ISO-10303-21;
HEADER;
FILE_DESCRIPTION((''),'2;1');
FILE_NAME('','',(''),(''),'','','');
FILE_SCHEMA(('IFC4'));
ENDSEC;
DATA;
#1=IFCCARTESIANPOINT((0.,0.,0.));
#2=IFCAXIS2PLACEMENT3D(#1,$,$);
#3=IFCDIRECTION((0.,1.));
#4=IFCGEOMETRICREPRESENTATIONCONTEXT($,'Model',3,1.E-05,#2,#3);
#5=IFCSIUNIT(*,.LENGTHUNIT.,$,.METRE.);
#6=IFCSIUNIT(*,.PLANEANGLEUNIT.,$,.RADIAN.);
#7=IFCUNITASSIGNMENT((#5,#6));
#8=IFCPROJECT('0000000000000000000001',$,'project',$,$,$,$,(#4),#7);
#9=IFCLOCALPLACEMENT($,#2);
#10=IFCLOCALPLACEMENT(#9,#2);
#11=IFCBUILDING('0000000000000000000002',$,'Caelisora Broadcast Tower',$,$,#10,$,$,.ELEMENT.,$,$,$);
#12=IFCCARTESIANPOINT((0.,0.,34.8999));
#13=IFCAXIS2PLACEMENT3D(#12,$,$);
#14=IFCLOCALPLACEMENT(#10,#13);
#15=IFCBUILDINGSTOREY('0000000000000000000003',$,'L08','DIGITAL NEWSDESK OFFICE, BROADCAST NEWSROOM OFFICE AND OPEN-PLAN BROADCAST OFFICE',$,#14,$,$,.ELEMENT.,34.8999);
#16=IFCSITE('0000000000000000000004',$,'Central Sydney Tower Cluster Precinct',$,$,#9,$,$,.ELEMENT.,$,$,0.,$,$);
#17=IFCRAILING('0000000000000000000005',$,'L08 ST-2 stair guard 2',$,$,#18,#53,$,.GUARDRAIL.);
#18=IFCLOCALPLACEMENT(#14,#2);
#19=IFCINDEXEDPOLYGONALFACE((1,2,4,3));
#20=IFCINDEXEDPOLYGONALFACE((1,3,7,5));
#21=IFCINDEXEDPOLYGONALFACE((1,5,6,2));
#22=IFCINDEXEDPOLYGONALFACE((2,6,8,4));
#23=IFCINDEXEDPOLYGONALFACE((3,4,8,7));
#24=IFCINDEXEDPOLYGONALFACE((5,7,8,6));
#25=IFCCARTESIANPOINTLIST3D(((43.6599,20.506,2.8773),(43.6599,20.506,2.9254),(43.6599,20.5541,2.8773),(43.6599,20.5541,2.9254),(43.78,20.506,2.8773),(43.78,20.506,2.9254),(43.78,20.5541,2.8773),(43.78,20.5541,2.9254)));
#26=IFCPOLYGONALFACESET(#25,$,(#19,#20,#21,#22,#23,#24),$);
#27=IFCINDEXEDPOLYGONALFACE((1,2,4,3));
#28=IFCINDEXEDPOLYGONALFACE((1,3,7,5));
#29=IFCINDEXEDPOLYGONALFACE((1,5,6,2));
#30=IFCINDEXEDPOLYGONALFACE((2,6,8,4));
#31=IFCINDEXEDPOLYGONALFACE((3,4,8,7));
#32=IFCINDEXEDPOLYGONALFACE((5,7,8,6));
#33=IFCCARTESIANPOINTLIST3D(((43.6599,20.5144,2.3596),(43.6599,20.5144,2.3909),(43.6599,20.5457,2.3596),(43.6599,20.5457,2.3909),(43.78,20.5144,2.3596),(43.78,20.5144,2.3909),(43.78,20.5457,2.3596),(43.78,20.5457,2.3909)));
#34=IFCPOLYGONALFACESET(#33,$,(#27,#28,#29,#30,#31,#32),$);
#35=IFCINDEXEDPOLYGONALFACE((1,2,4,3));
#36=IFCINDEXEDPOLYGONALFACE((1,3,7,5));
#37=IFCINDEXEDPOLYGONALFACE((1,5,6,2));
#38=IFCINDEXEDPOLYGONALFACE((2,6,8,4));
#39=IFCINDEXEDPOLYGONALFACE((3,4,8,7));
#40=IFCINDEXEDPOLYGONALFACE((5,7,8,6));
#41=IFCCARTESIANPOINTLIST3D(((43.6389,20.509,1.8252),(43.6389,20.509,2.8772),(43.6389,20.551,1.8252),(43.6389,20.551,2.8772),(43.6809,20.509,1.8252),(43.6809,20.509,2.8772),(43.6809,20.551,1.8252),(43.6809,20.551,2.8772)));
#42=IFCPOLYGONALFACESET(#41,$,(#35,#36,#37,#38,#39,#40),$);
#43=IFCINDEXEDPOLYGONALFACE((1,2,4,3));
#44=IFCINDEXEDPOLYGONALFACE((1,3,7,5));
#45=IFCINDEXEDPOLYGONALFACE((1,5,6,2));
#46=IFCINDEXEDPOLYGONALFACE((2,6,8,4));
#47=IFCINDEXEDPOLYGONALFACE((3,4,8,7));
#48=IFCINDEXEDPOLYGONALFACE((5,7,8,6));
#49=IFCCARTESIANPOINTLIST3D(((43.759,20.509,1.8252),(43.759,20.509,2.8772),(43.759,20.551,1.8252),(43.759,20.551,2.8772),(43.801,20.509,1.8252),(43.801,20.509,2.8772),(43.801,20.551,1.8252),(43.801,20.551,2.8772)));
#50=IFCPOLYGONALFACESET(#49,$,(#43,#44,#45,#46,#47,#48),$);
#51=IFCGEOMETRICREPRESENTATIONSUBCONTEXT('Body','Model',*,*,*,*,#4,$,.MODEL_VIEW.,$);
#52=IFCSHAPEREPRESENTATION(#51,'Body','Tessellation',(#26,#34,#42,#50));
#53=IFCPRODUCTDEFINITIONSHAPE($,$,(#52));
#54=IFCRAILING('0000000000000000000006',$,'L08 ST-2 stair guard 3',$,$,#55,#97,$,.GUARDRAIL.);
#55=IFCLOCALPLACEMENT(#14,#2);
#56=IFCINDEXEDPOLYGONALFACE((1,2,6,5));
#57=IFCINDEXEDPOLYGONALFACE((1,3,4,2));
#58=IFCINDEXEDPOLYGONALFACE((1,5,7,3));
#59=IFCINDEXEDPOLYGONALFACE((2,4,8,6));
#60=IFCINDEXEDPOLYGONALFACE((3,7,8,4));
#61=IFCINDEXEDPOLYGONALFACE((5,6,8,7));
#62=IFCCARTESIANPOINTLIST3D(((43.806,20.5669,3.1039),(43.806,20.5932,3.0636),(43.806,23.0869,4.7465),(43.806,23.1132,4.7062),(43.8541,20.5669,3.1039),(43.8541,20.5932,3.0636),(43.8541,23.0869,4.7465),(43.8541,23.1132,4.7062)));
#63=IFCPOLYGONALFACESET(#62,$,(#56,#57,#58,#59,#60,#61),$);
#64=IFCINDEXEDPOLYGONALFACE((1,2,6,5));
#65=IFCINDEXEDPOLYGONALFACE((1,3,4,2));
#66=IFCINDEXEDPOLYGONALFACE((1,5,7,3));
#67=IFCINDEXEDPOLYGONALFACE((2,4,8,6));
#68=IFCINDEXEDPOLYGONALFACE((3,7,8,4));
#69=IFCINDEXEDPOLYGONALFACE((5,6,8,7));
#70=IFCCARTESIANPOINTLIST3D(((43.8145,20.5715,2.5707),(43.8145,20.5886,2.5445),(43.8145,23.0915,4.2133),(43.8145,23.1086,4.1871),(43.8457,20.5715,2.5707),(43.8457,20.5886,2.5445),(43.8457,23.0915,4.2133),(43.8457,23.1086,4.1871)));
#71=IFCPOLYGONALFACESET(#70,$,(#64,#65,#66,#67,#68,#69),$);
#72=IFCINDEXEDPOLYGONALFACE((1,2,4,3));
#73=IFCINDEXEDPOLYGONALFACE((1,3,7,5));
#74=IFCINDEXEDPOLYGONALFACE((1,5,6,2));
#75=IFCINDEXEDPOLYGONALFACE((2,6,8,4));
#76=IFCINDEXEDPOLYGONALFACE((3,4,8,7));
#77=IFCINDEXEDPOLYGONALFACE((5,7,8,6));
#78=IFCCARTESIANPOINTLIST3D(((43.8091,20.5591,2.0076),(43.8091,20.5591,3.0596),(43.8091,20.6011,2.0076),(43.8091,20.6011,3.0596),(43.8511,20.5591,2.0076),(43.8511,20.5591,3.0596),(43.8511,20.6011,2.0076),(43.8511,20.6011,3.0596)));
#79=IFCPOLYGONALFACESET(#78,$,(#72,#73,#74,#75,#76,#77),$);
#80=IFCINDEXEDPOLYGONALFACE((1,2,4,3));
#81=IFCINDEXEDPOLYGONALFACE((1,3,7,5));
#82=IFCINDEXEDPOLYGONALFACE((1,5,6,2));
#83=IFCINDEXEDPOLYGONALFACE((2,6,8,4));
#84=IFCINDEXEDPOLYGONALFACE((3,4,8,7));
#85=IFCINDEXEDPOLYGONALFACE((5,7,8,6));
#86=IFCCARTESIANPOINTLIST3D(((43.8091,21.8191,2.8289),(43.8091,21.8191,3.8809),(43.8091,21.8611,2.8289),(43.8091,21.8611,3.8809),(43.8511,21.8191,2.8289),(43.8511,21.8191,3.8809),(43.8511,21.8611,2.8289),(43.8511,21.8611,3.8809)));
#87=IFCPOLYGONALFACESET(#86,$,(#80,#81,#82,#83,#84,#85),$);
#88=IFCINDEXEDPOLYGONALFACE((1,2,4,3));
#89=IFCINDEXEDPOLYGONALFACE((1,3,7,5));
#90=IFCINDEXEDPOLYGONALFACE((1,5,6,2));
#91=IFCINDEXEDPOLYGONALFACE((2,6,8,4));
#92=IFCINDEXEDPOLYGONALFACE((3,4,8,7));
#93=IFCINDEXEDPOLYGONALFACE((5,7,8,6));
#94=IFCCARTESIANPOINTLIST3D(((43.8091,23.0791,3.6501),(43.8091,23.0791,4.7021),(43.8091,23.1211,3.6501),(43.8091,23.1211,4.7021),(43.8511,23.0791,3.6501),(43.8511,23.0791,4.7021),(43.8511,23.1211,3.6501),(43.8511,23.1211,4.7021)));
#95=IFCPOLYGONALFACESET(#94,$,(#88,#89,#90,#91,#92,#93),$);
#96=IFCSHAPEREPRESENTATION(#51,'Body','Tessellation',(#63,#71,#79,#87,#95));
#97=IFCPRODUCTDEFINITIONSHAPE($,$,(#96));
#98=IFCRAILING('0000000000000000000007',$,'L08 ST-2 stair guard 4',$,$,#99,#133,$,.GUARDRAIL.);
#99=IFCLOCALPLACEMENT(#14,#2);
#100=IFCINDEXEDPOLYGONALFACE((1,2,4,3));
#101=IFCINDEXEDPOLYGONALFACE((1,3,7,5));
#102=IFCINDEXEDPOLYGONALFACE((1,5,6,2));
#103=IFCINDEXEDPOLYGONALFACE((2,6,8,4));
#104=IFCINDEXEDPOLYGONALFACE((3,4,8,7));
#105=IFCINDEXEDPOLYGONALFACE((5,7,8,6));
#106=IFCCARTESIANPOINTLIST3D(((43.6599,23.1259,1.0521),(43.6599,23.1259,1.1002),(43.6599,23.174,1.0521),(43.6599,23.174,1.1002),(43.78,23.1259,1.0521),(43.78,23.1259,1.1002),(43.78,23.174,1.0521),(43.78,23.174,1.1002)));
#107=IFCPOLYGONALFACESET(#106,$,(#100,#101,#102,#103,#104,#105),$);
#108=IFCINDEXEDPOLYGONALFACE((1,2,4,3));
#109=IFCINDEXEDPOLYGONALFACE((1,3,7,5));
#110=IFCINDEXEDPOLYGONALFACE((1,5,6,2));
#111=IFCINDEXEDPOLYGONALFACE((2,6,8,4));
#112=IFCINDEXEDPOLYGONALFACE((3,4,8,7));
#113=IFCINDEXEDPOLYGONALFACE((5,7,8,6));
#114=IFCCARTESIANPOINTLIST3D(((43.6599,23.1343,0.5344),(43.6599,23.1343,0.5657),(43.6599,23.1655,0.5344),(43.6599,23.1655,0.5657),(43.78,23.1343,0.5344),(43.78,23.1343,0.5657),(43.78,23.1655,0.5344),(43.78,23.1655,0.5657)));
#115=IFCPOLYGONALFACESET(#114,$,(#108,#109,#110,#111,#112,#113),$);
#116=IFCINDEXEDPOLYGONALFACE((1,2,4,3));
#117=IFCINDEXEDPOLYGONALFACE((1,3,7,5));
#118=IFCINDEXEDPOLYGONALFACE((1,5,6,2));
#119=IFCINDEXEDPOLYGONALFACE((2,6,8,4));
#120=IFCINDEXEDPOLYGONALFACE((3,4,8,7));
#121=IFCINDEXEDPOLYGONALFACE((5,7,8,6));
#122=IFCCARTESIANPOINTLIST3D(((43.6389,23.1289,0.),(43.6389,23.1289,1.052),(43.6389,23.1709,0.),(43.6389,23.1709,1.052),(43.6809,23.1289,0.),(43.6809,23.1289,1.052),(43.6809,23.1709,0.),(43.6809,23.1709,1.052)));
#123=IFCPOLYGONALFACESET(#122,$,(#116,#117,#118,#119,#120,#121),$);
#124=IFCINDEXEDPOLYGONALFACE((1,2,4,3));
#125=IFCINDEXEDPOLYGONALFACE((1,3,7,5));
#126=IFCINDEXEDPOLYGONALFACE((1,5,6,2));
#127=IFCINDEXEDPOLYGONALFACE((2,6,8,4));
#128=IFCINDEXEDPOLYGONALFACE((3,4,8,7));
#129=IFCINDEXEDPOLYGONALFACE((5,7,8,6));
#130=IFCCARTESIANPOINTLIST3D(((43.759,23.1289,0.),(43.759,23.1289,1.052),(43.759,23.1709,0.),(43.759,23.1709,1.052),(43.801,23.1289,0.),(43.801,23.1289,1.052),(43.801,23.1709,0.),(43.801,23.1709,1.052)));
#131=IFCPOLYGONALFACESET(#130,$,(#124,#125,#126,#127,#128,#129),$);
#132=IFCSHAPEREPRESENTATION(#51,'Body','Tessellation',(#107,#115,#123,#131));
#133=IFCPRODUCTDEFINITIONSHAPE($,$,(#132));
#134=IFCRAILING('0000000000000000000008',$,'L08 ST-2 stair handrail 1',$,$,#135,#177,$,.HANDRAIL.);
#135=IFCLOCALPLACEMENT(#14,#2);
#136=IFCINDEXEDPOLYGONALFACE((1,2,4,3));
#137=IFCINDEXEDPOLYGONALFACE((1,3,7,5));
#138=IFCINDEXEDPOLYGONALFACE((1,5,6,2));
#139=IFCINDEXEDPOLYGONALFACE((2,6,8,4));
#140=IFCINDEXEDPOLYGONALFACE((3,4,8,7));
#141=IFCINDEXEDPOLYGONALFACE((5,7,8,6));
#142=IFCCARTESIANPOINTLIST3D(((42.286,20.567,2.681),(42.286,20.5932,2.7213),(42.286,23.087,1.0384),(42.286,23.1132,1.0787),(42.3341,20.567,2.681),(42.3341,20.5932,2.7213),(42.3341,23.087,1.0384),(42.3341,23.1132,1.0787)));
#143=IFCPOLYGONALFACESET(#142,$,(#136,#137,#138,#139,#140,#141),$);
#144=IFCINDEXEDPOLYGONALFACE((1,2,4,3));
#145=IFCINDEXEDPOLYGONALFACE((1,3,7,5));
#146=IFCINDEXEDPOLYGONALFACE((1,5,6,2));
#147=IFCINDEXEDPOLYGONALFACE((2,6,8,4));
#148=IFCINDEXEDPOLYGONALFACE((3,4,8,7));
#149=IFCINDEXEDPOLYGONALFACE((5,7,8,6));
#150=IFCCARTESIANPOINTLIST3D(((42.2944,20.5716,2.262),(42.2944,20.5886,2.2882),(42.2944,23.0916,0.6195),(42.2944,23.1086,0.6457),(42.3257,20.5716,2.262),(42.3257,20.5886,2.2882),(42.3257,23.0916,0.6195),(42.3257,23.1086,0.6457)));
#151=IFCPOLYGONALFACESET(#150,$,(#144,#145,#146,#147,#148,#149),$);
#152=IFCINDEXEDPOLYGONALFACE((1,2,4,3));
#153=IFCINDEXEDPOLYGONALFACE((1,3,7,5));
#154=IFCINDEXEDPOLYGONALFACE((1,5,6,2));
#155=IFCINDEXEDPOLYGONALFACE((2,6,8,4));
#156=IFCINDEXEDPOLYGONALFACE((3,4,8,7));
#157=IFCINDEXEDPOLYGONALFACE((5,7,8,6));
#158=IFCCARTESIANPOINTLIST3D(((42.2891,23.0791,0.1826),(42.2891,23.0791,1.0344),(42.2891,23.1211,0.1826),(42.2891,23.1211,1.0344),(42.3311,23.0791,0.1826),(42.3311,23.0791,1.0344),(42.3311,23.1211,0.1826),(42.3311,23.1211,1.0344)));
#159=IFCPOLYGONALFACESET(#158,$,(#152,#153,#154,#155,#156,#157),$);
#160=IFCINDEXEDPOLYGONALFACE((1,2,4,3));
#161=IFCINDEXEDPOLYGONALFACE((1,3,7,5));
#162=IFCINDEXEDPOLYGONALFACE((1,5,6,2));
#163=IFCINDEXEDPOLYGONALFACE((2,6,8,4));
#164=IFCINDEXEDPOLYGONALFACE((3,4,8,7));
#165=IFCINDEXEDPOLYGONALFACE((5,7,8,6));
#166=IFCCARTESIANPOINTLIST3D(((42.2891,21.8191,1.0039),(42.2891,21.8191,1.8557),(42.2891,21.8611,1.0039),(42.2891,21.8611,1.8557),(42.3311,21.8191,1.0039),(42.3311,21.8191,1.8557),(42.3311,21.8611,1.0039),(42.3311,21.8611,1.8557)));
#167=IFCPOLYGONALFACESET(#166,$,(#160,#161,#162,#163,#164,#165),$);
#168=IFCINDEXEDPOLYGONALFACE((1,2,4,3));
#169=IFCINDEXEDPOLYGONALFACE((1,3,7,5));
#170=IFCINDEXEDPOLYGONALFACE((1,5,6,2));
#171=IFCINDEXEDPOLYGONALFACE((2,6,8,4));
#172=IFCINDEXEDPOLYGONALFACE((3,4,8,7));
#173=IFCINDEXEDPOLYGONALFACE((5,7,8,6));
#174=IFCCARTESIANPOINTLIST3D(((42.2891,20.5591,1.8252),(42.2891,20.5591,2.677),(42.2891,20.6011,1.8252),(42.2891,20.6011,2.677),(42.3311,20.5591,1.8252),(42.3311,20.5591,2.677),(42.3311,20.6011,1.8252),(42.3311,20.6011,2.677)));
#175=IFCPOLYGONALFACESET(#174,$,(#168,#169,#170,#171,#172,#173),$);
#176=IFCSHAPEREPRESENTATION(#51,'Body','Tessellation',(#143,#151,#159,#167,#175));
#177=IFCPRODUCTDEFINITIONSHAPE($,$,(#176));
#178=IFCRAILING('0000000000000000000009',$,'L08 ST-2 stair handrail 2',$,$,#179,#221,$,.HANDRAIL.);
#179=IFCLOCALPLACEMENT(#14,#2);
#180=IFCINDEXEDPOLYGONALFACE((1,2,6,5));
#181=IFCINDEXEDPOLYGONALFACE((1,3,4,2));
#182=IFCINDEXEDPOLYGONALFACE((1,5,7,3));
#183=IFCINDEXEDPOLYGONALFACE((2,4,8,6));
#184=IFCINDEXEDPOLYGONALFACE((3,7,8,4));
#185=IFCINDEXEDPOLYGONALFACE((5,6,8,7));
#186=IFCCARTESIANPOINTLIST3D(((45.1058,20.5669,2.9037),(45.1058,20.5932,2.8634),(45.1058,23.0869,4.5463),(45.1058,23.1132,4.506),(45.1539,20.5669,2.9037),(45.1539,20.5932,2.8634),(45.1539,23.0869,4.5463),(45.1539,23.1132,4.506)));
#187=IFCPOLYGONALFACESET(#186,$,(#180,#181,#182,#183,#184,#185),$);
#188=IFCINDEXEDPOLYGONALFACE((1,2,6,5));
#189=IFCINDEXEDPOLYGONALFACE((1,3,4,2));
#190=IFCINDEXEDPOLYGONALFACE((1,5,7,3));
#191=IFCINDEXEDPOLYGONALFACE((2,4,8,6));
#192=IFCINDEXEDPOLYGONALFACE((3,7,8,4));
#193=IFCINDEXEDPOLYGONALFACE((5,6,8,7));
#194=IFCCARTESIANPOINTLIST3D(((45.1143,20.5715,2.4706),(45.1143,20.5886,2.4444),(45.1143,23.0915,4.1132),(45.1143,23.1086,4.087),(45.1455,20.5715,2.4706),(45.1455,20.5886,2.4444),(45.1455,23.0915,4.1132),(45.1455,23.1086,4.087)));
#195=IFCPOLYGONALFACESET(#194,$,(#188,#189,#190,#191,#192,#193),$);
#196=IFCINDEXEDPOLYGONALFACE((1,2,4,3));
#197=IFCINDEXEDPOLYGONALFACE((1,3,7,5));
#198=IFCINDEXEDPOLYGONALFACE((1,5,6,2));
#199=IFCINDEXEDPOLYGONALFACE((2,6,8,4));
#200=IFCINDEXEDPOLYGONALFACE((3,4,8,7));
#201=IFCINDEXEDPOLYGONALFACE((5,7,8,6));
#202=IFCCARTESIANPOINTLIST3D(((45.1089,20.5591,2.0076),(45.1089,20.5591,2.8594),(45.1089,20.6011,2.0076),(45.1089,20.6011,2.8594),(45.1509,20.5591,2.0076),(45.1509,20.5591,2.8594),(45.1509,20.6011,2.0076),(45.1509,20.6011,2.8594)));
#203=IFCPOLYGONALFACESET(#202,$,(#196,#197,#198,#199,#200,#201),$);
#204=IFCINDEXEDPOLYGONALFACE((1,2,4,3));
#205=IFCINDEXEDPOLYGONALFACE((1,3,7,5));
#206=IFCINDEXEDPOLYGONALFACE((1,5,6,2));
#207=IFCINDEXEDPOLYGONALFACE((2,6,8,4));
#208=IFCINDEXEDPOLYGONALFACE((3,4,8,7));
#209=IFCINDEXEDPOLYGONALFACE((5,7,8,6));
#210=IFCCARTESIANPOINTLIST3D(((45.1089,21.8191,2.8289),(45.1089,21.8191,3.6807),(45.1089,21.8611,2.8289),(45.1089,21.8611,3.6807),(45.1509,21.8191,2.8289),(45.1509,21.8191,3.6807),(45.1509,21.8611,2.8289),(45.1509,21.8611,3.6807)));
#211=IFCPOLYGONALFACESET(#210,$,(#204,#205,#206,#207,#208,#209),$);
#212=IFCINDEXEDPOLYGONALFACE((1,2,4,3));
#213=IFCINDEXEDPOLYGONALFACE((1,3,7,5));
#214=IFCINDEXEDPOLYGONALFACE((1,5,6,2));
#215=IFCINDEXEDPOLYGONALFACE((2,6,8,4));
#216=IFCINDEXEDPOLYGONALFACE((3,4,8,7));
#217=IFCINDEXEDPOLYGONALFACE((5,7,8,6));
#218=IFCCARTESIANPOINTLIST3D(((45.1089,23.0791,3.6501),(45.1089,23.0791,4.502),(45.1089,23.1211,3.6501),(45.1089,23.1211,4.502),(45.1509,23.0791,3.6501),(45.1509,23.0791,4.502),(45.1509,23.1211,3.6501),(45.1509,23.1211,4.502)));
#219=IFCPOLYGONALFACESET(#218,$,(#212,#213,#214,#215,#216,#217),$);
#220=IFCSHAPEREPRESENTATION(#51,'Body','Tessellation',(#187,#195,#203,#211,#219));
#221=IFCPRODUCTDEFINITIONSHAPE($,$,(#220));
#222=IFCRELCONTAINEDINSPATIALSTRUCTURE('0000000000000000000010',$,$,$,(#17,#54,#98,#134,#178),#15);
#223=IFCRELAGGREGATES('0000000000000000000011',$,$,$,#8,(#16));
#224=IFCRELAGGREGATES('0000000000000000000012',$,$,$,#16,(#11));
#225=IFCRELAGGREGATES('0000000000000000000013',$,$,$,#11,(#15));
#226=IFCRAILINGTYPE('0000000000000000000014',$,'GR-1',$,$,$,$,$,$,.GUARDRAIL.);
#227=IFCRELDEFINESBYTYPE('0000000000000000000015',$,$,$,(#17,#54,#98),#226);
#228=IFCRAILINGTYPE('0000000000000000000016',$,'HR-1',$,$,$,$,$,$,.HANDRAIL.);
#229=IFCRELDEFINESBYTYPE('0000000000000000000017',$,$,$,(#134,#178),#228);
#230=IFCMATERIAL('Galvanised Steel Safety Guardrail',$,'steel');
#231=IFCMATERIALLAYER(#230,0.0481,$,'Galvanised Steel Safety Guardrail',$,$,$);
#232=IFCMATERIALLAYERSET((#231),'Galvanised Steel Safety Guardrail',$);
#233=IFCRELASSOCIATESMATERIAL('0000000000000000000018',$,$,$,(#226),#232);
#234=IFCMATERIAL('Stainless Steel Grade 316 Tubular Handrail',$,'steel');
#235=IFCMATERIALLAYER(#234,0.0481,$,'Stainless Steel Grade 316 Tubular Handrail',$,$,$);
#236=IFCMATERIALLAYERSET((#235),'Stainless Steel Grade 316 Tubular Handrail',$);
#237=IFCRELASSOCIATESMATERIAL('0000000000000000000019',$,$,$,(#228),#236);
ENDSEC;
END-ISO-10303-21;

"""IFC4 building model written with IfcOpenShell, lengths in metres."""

from ifc_helpers import new_model, si_unit, direction, frame, origin, origin_2d, place, context, subcontext, project, spatial, rectangle, extrude, material, layer, layer_set, type_object, element, save


model = new_model("IFC4")

# Units and contexts
model_context = context("Model", 3, precision=1e-05, world=origin(), true_north=direction((0.0, 1.0)))
body_context = subcontext(model_context, "Body", "Model", "MODEL_VIEW")
ifc_project = project(units=[si_unit("LENGTHUNIT", "METRE"), si_unit("PLANEANGLEUNIT", "RADIAN")], contexts=[model_context])

# Site, building, storey
site_placement = place(None, origin())
site = spatial("IfcSite", under=ifc_project, at=site_placement, Name="Central Sydney Tower Cluster Precinct", CompositionType="ELEMENT", RefElevation=0.0)
building_placement = place(site_placement, origin())
building = spatial("IfcBuilding", under=site, at=building_placement, Name="Caelisora Broadcast Tower", CompositionType="ELEMENT")
storey_placement = place(building_placement, frame((0.0, 0.0, 34.8999)))
storey = spatial("IfcBuildingStorey", under=building, at=storey_placement, Name="L08", Description="DIGITAL NEWSDESK OFFICE, BROADCAST NEWSROOM OFFICE AND OPEN-PLAN BROADCAST OFFICE", CompositionType="ELEMENT", Elevation=34.8999)

# Railings
ifc_material_1 = material(Name="Galvanised Steel Safety Guardrail", Category="steel")
ifc_layer_1 = layer(ifc_material_1, 0.0481, Name="Galvanised Steel Safety Guardrail")
ifc_layer_set_1 = layer_set([ifc_layer_1], Name="Galvanised Steel Safety Guardrail")
railing_type_1 = type_object("IfcRailingType", Name="GR-1", PredefinedType="GUARDRAIL", material=ifc_layer_set_1)
railing_1_placement = place(storey_placement, frame((43.6599, 20.53, 1.8252)))
element("IfcRailing", 1, at=railing_1_placement, inside=storey, type_object=railing_type_1, Name="L08 ST-2 stair guard 2", PredefinedType="GUARDRAIL", context=body_context, shape_type="SweptSolid", body=[
    extrude(rectangle(XDim=0.0481, YDim=0.0481, at=origin_2d()), frame((0.0, 0.0, 1.0762), z_axis=(1.0, 0.0, 0.0), x_axis=(0.0, 1.0, 0.0)), (0.0, 0.0, 1.0), 0.1201),
    extrude(rectangle(XDim=0.0312, YDim=0.0312, at=origin_2d()), frame((0.0, 0.0, 0.55), z_axis=(1.0, 0.0, 0.0), x_axis=(0.0, 1.0, 0.0)), (0.0, 0.0, 1.0), 0.1201),
    extrude(rectangle(XDim=0.042, YDim=0.042, at=origin_2d()), origin(), (0.0, 0.0, 1.0), 1.052),
    extrude(rectangle(XDim=0.042, YDim=0.042, at=origin_2d()), frame((0.1201, 0.0, 0.0)), (0.0, 0.0, 1.0), 1.052),
])
railing_2_placement = place(storey_placement, frame((43.8301, 20.5801, 2.0076)))
element("IfcRailing", 2, at=railing_2_placement, inside=storey, type_object=railing_type_1, Name="L08 ST-2 stair guard 3", PredefinedType="GUARDRAIL", context=body_context, shape_type="SweptSolid", body=[
    extrude(rectangle(XDim=0.0481, YDim=0.0481, at=origin_2d()), frame((0.0, 0.0, 1.0762), z_axis=(0.0, 0.837749, 0.546055), x_axis=(-1.0, 0.0, 0.0)), (0.0, 0.0, 1.0), 3.0081),
    extrude(rectangle(XDim=0.0312, YDim=0.0312, at=origin_2d()), frame((0.0, 0.0, 0.55), z_axis=(0.0, 0.837749, 0.546055), x_axis=(-1.0, 0.0, 0.0)), (0.0, 0.0, 1.0), 3.0081),
    extrude(rectangle(XDim=0.042, YDim=0.042, at=origin_2d()), origin(), (0.0, 0.0, 1.0), 1.052),
    extrude(rectangle(XDim=0.042, YDim=0.042, at=origin_2d()), frame((0.0, 1.26, 0.8213)), (0.0, 0.0, 1.0), 1.052),
    extrude(rectangle(XDim=0.042, YDim=0.042, at=origin_2d()), frame((0.0, 2.52, 1.6426)), (0.0, 0.0, 1.0), 1.052),
])
railing_3_placement = place(storey_placement, frame((43.6599, 23.1499, 0.0)))
element("IfcRailing", 3, at=railing_3_placement, inside=storey, type_object=railing_type_1, Name="L08 ST-2 stair guard 4", PredefinedType="GUARDRAIL", context=body_context, shape_type="SweptSolid", body=[
    extrude(rectangle(XDim=0.0481, YDim=0.0481, at=origin_2d()), frame((0.0, 0.0, 1.0762), z_axis=(1.0, 0.0, 0.0), x_axis=(0.0, 1.0, 0.0)), (0.0, 0.0, 1.0), 0.1201),
    extrude(rectangle(XDim=0.0312, YDim=0.0312, at=origin_2d()), frame((0.0, 0.0, 0.55), z_axis=(1.0, 0.0, 0.0), x_axis=(0.0, 1.0, 0.0)), (0.0, 0.0, 1.0), 0.1201),
    extrude(rectangle(XDim=0.042, YDim=0.042, at=origin_2d()), origin(), (0.0, 0.0, 1.0), 1.052),
    extrude(rectangle(XDim=0.042, YDim=0.042, at=origin_2d()), frame((0.1201, 0.0, 0.0)), (0.0, 0.0, 1.0), 1.052),
])
ifc_material_2 = material(Name="Stainless Steel Grade 316 Tubular Handrail", Category="steel")
ifc_layer_2 = layer(ifc_material_2, 0.0481, Name="Stainless Steel Grade 316 Tubular Handrail")
ifc_layer_set_2 = layer_set([ifc_layer_2], Name="Stainless Steel Grade 316 Tubular Handrail")
railing_type_2 = type_object("IfcRailingType", Name="HR-1", PredefinedType="HANDRAIL", material=ifc_layer_set_2)
railing_4_placement = place(storey_placement, frame((42.3101, 23.1001, 0.1826)))
element("IfcRailing", 4, at=railing_4_placement, inside=storey, type_object=railing_type_2, Name="L08 ST-2 stair handrail 1", PredefinedType="HANDRAIL", context=body_context, shape_type="SweptSolid", body=[
    extrude(rectangle(XDim=0.0481, YDim=0.0481, at=origin_2d()), frame((0.0, 0.0, 0.876), z_axis=(0.0, -0.837749, 0.546055), x_axis=(1.0, 0.0, 0.0)), (0.0, 0.0, 1.0), 3.0081),
    extrude(rectangle(XDim=0.0312, YDim=0.0312, at=origin_2d()), frame((0.0, 0.0, 0.45), z_axis=(0.0, -0.837749, 0.546055), x_axis=(1.0, 0.0, 0.0)), (0.0, 0.0, 1.0), 3.0081),
    extrude(rectangle(XDim=0.042, YDim=0.042, at=origin_2d()), origin(), (0.0, 0.0, 1.0), 0.8518),
    extrude(rectangle(XDim=0.042, YDim=0.042, at=origin_2d()), frame((0.0, -1.26, 0.8213)), (0.0, 0.0, 1.0), 0.8518),
    extrude(rectangle(XDim=0.042, YDim=0.042, at=origin_2d()), frame((0.0, -2.52, 1.6426)), (0.0, 0.0, 1.0), 0.8518),
])
railing_5_placement = place(storey_placement, frame((45.1299, 20.5801, 2.0076)))
element("IfcRailing", 5, at=railing_5_placement, inside=storey, type_object=railing_type_2, Name="L08 ST-2 stair handrail 2", PredefinedType="HANDRAIL", context=body_context, shape_type="SweptSolid", body=[
    extrude(rectangle(XDim=0.0481, YDim=0.0481, at=origin_2d()), frame((0.0, 0.0, 0.876), z_axis=(0.0, 0.837749, 0.546055), x_axis=(-1.0, 0.0, 0.0)), (0.0, 0.0, 1.0), 3.0081),
    extrude(rectangle(XDim=0.0312, YDim=0.0312, at=origin_2d()), frame((0.0, 0.0, 0.45), z_axis=(0.0, 0.837749, 0.546055), x_axis=(-1.0, 0.0, 0.0)), (0.0, 0.0, 1.0), 3.0081),
    extrude(rectangle(XDim=0.042, YDim=0.042, at=origin_2d()), origin(), (0.0, 0.0, 1.0), 0.8518),
    extrude(rectangle(XDim=0.042, YDim=0.042, at=origin_2d()), frame((0.0, 1.26, 0.8213)), (0.0, 0.0, 1.0), 0.8518),
    extrude(rectangle(XDim=0.042, YDim=0.042, at=origin_2d()), frame((0.0, 2.52, 1.6426)), (0.0, 0.0, 1.0), 0.8518),
])

save(model, "model.ifc")
